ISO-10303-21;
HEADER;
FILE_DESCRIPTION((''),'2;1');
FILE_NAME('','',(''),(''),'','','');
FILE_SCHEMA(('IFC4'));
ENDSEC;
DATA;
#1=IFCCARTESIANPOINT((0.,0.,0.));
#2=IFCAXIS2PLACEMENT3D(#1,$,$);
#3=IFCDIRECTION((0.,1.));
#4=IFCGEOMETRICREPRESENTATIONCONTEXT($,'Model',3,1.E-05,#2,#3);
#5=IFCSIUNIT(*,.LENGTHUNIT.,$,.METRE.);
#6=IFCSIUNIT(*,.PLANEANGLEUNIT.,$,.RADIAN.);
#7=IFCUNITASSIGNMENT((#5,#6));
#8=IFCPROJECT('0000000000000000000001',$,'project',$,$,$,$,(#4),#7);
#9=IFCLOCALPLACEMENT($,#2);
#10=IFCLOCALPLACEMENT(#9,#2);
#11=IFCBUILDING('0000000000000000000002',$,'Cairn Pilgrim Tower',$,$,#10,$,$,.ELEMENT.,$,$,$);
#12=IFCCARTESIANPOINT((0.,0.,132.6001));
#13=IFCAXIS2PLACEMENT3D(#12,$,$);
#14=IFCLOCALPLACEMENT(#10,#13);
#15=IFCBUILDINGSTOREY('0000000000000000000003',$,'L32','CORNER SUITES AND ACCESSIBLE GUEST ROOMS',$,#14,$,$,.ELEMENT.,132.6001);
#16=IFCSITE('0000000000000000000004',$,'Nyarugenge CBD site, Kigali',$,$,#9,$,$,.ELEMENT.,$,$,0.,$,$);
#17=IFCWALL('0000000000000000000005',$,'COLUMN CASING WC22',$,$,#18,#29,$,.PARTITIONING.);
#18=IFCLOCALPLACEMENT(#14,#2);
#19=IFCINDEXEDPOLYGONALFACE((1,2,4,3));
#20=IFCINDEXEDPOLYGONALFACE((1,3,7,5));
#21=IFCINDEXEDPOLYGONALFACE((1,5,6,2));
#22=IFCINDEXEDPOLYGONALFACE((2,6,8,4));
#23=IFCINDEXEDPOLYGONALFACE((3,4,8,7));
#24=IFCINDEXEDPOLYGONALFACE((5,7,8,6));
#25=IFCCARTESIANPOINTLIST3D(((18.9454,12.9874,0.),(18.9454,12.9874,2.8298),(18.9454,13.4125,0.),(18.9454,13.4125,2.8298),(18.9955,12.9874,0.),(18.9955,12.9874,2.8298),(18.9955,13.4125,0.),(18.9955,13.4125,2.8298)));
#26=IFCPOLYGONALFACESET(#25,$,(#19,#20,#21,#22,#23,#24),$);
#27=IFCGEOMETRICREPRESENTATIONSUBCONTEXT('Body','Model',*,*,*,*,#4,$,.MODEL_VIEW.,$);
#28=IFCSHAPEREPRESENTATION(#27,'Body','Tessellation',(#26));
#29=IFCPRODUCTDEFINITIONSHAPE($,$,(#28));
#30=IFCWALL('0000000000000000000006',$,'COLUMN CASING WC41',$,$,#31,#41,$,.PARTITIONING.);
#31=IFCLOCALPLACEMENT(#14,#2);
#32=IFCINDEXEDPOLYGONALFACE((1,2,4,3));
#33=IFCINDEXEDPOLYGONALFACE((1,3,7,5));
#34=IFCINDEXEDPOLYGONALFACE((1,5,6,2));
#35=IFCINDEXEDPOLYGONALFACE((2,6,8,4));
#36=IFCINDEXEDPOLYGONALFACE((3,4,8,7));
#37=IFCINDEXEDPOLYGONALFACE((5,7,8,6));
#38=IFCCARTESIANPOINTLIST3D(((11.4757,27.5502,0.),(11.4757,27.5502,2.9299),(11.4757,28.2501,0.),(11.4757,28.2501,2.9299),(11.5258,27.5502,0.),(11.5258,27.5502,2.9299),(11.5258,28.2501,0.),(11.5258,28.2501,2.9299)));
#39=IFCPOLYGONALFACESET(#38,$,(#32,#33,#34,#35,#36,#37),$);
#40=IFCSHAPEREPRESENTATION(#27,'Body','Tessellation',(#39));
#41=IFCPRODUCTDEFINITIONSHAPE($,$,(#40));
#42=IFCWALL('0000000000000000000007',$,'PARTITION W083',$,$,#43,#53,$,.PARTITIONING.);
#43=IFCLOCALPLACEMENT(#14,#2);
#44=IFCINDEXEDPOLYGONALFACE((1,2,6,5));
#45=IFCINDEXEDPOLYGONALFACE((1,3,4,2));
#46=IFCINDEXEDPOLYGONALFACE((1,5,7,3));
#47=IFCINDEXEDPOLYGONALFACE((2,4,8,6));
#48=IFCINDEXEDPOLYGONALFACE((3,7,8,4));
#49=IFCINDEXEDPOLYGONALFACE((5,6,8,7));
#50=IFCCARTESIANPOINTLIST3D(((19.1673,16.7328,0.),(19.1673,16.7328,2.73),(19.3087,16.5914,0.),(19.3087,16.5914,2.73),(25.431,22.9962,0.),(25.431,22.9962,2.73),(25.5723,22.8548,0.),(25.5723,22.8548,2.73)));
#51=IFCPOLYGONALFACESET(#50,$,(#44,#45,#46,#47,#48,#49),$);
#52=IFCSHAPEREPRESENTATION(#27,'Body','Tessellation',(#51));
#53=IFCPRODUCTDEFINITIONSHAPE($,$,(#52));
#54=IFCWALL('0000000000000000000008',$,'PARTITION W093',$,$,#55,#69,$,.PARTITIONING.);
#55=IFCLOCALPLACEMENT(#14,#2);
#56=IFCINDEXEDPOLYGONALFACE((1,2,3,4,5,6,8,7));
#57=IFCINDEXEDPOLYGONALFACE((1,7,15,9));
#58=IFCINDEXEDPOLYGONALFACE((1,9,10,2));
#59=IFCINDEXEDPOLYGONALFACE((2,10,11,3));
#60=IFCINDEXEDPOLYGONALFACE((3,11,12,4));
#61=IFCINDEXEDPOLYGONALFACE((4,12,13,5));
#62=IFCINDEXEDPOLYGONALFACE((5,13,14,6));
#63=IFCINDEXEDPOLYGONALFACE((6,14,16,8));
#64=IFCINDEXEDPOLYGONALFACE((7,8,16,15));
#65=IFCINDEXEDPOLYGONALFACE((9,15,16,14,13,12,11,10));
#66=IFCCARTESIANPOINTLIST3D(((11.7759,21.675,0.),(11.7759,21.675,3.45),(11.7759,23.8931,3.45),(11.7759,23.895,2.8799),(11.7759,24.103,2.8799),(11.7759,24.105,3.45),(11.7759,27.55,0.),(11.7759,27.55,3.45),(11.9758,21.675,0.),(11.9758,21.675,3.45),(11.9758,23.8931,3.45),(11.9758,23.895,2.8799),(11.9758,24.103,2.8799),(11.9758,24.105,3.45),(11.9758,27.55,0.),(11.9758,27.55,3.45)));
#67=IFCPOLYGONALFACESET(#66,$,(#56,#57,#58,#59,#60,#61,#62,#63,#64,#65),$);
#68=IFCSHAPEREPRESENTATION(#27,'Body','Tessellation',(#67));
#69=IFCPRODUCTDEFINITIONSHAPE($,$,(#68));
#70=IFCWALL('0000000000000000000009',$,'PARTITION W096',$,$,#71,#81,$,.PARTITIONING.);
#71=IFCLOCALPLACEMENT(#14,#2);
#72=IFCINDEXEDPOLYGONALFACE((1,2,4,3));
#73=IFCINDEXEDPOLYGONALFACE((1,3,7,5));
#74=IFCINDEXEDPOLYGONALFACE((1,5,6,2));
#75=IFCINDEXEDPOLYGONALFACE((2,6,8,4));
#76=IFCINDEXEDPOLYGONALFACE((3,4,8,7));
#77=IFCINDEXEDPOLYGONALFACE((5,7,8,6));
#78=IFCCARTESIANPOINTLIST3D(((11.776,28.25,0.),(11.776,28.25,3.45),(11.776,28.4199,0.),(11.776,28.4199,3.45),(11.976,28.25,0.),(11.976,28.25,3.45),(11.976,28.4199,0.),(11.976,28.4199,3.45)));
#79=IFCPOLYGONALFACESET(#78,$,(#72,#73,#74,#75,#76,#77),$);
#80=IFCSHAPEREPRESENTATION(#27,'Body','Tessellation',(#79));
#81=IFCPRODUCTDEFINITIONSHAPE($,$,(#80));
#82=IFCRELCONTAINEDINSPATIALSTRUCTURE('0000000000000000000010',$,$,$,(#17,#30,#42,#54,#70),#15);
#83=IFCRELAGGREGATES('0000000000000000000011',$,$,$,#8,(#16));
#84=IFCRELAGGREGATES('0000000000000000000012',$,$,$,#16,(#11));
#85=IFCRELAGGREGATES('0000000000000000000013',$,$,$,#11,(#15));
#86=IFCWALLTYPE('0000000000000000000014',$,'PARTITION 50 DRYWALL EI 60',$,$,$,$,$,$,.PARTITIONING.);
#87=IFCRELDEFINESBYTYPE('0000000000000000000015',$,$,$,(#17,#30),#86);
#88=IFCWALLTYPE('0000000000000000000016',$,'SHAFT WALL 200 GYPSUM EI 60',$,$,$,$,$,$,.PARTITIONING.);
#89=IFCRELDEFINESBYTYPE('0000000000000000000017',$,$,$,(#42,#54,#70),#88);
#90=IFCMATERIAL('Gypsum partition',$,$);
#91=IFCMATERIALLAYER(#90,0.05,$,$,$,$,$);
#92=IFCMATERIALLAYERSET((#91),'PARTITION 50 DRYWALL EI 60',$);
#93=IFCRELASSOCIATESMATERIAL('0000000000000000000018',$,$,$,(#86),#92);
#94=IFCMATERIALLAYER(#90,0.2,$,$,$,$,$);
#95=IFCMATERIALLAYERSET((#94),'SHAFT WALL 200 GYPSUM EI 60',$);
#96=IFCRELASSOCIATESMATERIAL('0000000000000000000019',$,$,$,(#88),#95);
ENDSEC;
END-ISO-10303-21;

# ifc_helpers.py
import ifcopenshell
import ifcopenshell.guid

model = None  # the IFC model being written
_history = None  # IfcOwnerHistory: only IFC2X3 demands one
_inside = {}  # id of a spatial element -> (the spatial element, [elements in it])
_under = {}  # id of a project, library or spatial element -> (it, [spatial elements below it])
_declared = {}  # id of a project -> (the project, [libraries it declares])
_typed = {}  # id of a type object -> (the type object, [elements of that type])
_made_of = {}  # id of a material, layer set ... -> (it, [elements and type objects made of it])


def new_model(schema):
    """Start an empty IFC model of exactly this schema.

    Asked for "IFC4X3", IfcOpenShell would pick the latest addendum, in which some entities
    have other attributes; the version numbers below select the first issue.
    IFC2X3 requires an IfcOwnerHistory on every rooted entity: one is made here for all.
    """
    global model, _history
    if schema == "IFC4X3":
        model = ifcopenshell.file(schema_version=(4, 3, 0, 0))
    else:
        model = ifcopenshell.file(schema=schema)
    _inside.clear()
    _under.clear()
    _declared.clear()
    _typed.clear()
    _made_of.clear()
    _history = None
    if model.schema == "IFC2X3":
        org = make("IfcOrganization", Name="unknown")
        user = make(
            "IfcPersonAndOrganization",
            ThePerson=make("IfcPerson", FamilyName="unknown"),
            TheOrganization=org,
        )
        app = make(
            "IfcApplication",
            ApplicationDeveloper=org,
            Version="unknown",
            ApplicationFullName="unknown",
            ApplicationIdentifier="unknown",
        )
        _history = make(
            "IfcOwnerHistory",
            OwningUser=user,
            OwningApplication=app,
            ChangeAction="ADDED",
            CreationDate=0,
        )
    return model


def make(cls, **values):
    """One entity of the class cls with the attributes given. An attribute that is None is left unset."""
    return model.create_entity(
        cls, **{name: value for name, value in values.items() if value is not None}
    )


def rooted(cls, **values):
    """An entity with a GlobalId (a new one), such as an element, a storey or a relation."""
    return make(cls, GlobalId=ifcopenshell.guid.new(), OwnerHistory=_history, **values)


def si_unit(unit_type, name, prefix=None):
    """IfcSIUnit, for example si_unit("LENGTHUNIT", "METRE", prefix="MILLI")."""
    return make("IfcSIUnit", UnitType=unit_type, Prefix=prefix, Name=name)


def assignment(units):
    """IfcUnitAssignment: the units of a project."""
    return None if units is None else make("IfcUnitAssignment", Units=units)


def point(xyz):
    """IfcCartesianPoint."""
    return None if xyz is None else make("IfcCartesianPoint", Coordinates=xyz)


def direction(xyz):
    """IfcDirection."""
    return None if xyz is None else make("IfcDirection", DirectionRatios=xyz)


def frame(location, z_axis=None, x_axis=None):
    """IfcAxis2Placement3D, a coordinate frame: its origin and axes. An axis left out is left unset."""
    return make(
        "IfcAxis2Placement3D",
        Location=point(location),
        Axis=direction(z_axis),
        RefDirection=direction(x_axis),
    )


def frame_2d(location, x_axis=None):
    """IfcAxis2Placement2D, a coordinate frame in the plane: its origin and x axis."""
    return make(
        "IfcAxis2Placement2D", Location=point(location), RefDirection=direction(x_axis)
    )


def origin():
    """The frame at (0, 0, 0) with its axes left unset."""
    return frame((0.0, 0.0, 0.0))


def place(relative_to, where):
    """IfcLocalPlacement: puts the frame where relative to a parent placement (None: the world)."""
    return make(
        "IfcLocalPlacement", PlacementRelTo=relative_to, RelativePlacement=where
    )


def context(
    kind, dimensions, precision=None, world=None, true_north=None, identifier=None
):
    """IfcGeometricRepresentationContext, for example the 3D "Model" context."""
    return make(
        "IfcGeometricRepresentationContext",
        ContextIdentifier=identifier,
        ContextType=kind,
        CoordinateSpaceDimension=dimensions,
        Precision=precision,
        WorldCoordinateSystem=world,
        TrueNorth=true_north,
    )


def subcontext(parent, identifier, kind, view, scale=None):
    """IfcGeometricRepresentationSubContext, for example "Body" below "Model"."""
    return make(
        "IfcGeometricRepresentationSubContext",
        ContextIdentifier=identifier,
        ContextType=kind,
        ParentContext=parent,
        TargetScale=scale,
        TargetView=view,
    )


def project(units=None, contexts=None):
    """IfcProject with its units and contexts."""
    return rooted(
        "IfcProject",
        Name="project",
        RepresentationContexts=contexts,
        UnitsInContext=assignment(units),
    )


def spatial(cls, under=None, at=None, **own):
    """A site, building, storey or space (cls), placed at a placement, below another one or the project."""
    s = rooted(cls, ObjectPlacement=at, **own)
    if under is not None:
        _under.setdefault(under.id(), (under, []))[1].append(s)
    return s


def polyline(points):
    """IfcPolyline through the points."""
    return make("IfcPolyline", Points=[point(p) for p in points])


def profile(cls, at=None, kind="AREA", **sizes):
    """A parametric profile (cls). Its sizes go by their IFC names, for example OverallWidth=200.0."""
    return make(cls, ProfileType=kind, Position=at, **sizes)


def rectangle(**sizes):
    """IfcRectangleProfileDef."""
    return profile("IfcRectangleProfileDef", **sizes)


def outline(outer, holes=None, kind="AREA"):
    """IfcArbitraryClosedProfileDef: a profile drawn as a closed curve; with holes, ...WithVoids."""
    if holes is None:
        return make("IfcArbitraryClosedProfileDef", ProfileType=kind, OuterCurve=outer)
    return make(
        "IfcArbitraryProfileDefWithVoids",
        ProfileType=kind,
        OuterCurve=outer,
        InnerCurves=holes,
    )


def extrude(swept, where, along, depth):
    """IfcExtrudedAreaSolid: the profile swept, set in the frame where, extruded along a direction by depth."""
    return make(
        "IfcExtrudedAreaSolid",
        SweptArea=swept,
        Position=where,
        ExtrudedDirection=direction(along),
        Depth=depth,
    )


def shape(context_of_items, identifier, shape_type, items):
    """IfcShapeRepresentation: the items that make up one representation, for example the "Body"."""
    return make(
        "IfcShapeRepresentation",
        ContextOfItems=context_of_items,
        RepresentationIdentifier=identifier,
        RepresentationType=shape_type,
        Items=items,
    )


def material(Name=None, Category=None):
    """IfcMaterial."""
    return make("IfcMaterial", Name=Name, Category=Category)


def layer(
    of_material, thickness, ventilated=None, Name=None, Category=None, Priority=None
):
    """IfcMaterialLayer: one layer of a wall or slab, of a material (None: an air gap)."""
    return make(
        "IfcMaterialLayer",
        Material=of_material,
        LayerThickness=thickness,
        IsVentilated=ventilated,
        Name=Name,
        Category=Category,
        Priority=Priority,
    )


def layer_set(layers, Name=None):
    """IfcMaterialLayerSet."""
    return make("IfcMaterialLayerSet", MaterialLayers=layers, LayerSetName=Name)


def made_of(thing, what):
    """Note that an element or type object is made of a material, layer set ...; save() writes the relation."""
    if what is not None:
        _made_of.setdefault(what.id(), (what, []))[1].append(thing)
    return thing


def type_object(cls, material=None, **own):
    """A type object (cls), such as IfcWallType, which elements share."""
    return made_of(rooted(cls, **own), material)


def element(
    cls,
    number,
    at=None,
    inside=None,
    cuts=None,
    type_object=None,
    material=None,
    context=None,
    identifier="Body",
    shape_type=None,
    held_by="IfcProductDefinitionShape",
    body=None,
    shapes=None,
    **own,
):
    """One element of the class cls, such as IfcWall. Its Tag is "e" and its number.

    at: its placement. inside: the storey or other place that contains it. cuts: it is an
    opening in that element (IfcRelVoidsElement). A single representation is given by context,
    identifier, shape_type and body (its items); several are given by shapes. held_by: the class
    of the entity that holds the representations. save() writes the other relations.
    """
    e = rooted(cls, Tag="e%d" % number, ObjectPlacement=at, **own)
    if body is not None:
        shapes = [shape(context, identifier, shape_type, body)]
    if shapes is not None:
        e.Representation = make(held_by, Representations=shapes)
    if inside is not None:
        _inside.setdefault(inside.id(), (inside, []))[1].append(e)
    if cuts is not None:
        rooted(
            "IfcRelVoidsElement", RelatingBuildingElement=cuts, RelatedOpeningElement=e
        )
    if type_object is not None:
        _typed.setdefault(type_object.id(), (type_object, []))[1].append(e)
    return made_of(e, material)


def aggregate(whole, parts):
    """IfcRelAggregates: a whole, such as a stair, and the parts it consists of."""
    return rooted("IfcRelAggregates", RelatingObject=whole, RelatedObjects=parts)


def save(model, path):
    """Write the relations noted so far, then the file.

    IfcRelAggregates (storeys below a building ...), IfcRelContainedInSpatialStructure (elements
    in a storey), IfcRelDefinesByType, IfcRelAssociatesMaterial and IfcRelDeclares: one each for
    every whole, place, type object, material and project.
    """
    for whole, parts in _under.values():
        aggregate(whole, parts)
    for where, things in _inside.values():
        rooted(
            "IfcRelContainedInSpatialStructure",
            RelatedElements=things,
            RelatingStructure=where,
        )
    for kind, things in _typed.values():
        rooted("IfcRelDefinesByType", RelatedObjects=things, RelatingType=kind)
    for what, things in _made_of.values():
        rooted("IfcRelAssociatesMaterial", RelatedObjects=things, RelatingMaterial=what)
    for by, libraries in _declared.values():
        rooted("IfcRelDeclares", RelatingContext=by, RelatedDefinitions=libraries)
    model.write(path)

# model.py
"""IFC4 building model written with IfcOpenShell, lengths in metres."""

from ifc_helpers import new_model, si_unit, direction, frame, frame_2d, origin, place, context, subcontext, project, spatial, polyline, rectangle, outline, extrude, material, layer, layer_set, type_object, element, save


model = new_model("IFC4")

# Units and contexts
model_context = context("Model", 3, precision=1e-05, world=origin(), true_north=direction((0.0, 1.0)))
body_context = subcontext(model_context, "Body", "Model", "MODEL_VIEW")
ifc_project = project(units=[si_unit("LENGTHUNIT", "METRE"), si_unit("PLANEANGLEUNIT", "RADIAN")], contexts=[model_context])

# Site, building, storey
site_placement = place(None, origin())
site = spatial("IfcSite", under=ifc_project, at=site_placement, Name="Nyarugenge CBD site, Kigali", CompositionType="ELEMENT", RefElevation=0.0)
building_placement = place(site_placement, origin())
building = spatial("IfcBuilding", under=site, at=building_placement, Name="Cairn Pilgrim Tower", CompositionType="ELEMENT")
storey_placement = place(building_placement, frame((0.0, 0.0, 132.6001)))
storey = spatial("IfcBuildingStorey", under=building, at=storey_placement, Name="L32", Description="CORNER SUITES AND ACCESSIBLE GUEST ROOMS", CompositionType="ELEMENT", Elevation=132.6001)

# Shared definitions
ifc_material_1 = material(Name="Gypsum partition")

# Walls
ifc_layer_1 = layer(ifc_material_1, 0.05)
ifc_layer_set_1 = layer_set([ifc_layer_1], Name="PARTITION 50 DRYWALL EI 60")
wall_type_1 = type_object("IfcWallType", Name="PARTITION 50 DRYWALL EI 60", PredefinedType="PARTITIONING", material=ifc_layer_set_1)
wall_1_placement = place(storey_placement, frame((18.9705, 12.9875, 0.0), z_axis=(0.0, 0.0, 1.0), x_axis=(0.0, 1.0, 0.0)))
element("IfcWall", 1, at=wall_1_placement, inside=storey, type_object=wall_type_1, Name="COLUMN CASING WC22", PredefinedType="PARTITIONING", context=body_context, shape_type="SweptSolid", body=[
    extrude(rectangle(XDim=0.425, YDim=0.05, at=frame_2d((0.2124, 0.0))), origin(), (0.0, 0.0, 1.0), 2.8298),
])
wall_2_placement = place(storey_placement, frame((11.5007, 27.55, 0.0), z_axis=(0.0, 0.0, 1.0), x_axis=(0.0, 1.0, 0.0)))
element("IfcWall", 2, at=wall_2_placement, inside=storey, type_object=wall_type_1, Name="COLUMN CASING WC41", PredefinedType="PARTITIONING", context=body_context, shape_type="SweptSolid", body=[
    extrude(rectangle(XDim=0.7, YDim=0.05, at=frame_2d((0.3501, 0.0))), origin(), (0.0, 0.0, 1.0), 2.9299),
])
ifc_layer_2 = layer(ifc_material_1, 0.2)
ifc_layer_set_2 = layer_set([ifc_layer_2], Name="SHAFT WALL 200 GYPSUM EI 60")
wall_type_2 = type_object("IfcWallType", Name="SHAFT WALL 200 GYPSUM EI 60", PredefinedType="PARTITIONING", material=ifc_layer_set_2)
wall_3_placement = place(storey_placement, frame((19.238, 16.6621, 0.0), z_axis=(0.0, 0.0, 1.0), x_axis=(0.707121, 0.707093, 0.0)))
element("IfcWall", 3, at=wall_3_placement, inside=storey, type_object=wall_type_2, Name="PARTITION W083", PredefinedType="PARTITIONING", context=body_context, shape_type="SweptSolid", body=[
    extrude(rectangle(XDim=8.8579, YDim=0.2, at=frame_2d((4.429, 0.0))), origin(), (0.0, 0.0, 1.0), 2.73),
])
wall_4_placement = place(storey_placement, frame((11.876, 21.675, 0.0), z_axis=(0.0, 0.0, 1.0), x_axis=(0.0, 1.0, 0.0)))
element("IfcWall", 4, at=wall_4_placement, inside=storey, type_object=wall_type_2, Name="PARTITION W093", PredefinedType="PARTITIONING", context=body_context, shape_type="SweptSolid", body=[
    extrude(outline(polyline([(0.0, 0.0), (5.875, 0.0), (5.875, 3.45), (2.4299, 3.45), (2.428, 2.8799), (2.22, 2.8799), (2.218, 3.45), (0.0, 3.45), (0.0, 0.0)])), frame((0.0, 0.1001, 0.0), z_axis=(0.0, -1.0, 0.0), x_axis=(1.0, 0.0, 0.0)), (0.0, 0.0, 1.0), 0.2),
])
wall_5_placement = place(storey_placement, frame((11.876, 28.25, 0.0), z_axis=(0.0, 0.0, 1.0), x_axis=(0.0, 1.0, 0.0)))
element("IfcWall", 5, at=wall_5_placement, inside=storey, type_object=wall_type_2, Name="PARTITION W096", PredefinedType="PARTITIONING", context=body_context, shape_type="SweptSolid", body=[
    extrude(rectangle(XDim=0.1699, YDim=0.2, at=frame_2d((0.085, 0.0))), origin(), (0.0, 0.0, 1.0), 3.45),
])

save(model, "model.ifc")
